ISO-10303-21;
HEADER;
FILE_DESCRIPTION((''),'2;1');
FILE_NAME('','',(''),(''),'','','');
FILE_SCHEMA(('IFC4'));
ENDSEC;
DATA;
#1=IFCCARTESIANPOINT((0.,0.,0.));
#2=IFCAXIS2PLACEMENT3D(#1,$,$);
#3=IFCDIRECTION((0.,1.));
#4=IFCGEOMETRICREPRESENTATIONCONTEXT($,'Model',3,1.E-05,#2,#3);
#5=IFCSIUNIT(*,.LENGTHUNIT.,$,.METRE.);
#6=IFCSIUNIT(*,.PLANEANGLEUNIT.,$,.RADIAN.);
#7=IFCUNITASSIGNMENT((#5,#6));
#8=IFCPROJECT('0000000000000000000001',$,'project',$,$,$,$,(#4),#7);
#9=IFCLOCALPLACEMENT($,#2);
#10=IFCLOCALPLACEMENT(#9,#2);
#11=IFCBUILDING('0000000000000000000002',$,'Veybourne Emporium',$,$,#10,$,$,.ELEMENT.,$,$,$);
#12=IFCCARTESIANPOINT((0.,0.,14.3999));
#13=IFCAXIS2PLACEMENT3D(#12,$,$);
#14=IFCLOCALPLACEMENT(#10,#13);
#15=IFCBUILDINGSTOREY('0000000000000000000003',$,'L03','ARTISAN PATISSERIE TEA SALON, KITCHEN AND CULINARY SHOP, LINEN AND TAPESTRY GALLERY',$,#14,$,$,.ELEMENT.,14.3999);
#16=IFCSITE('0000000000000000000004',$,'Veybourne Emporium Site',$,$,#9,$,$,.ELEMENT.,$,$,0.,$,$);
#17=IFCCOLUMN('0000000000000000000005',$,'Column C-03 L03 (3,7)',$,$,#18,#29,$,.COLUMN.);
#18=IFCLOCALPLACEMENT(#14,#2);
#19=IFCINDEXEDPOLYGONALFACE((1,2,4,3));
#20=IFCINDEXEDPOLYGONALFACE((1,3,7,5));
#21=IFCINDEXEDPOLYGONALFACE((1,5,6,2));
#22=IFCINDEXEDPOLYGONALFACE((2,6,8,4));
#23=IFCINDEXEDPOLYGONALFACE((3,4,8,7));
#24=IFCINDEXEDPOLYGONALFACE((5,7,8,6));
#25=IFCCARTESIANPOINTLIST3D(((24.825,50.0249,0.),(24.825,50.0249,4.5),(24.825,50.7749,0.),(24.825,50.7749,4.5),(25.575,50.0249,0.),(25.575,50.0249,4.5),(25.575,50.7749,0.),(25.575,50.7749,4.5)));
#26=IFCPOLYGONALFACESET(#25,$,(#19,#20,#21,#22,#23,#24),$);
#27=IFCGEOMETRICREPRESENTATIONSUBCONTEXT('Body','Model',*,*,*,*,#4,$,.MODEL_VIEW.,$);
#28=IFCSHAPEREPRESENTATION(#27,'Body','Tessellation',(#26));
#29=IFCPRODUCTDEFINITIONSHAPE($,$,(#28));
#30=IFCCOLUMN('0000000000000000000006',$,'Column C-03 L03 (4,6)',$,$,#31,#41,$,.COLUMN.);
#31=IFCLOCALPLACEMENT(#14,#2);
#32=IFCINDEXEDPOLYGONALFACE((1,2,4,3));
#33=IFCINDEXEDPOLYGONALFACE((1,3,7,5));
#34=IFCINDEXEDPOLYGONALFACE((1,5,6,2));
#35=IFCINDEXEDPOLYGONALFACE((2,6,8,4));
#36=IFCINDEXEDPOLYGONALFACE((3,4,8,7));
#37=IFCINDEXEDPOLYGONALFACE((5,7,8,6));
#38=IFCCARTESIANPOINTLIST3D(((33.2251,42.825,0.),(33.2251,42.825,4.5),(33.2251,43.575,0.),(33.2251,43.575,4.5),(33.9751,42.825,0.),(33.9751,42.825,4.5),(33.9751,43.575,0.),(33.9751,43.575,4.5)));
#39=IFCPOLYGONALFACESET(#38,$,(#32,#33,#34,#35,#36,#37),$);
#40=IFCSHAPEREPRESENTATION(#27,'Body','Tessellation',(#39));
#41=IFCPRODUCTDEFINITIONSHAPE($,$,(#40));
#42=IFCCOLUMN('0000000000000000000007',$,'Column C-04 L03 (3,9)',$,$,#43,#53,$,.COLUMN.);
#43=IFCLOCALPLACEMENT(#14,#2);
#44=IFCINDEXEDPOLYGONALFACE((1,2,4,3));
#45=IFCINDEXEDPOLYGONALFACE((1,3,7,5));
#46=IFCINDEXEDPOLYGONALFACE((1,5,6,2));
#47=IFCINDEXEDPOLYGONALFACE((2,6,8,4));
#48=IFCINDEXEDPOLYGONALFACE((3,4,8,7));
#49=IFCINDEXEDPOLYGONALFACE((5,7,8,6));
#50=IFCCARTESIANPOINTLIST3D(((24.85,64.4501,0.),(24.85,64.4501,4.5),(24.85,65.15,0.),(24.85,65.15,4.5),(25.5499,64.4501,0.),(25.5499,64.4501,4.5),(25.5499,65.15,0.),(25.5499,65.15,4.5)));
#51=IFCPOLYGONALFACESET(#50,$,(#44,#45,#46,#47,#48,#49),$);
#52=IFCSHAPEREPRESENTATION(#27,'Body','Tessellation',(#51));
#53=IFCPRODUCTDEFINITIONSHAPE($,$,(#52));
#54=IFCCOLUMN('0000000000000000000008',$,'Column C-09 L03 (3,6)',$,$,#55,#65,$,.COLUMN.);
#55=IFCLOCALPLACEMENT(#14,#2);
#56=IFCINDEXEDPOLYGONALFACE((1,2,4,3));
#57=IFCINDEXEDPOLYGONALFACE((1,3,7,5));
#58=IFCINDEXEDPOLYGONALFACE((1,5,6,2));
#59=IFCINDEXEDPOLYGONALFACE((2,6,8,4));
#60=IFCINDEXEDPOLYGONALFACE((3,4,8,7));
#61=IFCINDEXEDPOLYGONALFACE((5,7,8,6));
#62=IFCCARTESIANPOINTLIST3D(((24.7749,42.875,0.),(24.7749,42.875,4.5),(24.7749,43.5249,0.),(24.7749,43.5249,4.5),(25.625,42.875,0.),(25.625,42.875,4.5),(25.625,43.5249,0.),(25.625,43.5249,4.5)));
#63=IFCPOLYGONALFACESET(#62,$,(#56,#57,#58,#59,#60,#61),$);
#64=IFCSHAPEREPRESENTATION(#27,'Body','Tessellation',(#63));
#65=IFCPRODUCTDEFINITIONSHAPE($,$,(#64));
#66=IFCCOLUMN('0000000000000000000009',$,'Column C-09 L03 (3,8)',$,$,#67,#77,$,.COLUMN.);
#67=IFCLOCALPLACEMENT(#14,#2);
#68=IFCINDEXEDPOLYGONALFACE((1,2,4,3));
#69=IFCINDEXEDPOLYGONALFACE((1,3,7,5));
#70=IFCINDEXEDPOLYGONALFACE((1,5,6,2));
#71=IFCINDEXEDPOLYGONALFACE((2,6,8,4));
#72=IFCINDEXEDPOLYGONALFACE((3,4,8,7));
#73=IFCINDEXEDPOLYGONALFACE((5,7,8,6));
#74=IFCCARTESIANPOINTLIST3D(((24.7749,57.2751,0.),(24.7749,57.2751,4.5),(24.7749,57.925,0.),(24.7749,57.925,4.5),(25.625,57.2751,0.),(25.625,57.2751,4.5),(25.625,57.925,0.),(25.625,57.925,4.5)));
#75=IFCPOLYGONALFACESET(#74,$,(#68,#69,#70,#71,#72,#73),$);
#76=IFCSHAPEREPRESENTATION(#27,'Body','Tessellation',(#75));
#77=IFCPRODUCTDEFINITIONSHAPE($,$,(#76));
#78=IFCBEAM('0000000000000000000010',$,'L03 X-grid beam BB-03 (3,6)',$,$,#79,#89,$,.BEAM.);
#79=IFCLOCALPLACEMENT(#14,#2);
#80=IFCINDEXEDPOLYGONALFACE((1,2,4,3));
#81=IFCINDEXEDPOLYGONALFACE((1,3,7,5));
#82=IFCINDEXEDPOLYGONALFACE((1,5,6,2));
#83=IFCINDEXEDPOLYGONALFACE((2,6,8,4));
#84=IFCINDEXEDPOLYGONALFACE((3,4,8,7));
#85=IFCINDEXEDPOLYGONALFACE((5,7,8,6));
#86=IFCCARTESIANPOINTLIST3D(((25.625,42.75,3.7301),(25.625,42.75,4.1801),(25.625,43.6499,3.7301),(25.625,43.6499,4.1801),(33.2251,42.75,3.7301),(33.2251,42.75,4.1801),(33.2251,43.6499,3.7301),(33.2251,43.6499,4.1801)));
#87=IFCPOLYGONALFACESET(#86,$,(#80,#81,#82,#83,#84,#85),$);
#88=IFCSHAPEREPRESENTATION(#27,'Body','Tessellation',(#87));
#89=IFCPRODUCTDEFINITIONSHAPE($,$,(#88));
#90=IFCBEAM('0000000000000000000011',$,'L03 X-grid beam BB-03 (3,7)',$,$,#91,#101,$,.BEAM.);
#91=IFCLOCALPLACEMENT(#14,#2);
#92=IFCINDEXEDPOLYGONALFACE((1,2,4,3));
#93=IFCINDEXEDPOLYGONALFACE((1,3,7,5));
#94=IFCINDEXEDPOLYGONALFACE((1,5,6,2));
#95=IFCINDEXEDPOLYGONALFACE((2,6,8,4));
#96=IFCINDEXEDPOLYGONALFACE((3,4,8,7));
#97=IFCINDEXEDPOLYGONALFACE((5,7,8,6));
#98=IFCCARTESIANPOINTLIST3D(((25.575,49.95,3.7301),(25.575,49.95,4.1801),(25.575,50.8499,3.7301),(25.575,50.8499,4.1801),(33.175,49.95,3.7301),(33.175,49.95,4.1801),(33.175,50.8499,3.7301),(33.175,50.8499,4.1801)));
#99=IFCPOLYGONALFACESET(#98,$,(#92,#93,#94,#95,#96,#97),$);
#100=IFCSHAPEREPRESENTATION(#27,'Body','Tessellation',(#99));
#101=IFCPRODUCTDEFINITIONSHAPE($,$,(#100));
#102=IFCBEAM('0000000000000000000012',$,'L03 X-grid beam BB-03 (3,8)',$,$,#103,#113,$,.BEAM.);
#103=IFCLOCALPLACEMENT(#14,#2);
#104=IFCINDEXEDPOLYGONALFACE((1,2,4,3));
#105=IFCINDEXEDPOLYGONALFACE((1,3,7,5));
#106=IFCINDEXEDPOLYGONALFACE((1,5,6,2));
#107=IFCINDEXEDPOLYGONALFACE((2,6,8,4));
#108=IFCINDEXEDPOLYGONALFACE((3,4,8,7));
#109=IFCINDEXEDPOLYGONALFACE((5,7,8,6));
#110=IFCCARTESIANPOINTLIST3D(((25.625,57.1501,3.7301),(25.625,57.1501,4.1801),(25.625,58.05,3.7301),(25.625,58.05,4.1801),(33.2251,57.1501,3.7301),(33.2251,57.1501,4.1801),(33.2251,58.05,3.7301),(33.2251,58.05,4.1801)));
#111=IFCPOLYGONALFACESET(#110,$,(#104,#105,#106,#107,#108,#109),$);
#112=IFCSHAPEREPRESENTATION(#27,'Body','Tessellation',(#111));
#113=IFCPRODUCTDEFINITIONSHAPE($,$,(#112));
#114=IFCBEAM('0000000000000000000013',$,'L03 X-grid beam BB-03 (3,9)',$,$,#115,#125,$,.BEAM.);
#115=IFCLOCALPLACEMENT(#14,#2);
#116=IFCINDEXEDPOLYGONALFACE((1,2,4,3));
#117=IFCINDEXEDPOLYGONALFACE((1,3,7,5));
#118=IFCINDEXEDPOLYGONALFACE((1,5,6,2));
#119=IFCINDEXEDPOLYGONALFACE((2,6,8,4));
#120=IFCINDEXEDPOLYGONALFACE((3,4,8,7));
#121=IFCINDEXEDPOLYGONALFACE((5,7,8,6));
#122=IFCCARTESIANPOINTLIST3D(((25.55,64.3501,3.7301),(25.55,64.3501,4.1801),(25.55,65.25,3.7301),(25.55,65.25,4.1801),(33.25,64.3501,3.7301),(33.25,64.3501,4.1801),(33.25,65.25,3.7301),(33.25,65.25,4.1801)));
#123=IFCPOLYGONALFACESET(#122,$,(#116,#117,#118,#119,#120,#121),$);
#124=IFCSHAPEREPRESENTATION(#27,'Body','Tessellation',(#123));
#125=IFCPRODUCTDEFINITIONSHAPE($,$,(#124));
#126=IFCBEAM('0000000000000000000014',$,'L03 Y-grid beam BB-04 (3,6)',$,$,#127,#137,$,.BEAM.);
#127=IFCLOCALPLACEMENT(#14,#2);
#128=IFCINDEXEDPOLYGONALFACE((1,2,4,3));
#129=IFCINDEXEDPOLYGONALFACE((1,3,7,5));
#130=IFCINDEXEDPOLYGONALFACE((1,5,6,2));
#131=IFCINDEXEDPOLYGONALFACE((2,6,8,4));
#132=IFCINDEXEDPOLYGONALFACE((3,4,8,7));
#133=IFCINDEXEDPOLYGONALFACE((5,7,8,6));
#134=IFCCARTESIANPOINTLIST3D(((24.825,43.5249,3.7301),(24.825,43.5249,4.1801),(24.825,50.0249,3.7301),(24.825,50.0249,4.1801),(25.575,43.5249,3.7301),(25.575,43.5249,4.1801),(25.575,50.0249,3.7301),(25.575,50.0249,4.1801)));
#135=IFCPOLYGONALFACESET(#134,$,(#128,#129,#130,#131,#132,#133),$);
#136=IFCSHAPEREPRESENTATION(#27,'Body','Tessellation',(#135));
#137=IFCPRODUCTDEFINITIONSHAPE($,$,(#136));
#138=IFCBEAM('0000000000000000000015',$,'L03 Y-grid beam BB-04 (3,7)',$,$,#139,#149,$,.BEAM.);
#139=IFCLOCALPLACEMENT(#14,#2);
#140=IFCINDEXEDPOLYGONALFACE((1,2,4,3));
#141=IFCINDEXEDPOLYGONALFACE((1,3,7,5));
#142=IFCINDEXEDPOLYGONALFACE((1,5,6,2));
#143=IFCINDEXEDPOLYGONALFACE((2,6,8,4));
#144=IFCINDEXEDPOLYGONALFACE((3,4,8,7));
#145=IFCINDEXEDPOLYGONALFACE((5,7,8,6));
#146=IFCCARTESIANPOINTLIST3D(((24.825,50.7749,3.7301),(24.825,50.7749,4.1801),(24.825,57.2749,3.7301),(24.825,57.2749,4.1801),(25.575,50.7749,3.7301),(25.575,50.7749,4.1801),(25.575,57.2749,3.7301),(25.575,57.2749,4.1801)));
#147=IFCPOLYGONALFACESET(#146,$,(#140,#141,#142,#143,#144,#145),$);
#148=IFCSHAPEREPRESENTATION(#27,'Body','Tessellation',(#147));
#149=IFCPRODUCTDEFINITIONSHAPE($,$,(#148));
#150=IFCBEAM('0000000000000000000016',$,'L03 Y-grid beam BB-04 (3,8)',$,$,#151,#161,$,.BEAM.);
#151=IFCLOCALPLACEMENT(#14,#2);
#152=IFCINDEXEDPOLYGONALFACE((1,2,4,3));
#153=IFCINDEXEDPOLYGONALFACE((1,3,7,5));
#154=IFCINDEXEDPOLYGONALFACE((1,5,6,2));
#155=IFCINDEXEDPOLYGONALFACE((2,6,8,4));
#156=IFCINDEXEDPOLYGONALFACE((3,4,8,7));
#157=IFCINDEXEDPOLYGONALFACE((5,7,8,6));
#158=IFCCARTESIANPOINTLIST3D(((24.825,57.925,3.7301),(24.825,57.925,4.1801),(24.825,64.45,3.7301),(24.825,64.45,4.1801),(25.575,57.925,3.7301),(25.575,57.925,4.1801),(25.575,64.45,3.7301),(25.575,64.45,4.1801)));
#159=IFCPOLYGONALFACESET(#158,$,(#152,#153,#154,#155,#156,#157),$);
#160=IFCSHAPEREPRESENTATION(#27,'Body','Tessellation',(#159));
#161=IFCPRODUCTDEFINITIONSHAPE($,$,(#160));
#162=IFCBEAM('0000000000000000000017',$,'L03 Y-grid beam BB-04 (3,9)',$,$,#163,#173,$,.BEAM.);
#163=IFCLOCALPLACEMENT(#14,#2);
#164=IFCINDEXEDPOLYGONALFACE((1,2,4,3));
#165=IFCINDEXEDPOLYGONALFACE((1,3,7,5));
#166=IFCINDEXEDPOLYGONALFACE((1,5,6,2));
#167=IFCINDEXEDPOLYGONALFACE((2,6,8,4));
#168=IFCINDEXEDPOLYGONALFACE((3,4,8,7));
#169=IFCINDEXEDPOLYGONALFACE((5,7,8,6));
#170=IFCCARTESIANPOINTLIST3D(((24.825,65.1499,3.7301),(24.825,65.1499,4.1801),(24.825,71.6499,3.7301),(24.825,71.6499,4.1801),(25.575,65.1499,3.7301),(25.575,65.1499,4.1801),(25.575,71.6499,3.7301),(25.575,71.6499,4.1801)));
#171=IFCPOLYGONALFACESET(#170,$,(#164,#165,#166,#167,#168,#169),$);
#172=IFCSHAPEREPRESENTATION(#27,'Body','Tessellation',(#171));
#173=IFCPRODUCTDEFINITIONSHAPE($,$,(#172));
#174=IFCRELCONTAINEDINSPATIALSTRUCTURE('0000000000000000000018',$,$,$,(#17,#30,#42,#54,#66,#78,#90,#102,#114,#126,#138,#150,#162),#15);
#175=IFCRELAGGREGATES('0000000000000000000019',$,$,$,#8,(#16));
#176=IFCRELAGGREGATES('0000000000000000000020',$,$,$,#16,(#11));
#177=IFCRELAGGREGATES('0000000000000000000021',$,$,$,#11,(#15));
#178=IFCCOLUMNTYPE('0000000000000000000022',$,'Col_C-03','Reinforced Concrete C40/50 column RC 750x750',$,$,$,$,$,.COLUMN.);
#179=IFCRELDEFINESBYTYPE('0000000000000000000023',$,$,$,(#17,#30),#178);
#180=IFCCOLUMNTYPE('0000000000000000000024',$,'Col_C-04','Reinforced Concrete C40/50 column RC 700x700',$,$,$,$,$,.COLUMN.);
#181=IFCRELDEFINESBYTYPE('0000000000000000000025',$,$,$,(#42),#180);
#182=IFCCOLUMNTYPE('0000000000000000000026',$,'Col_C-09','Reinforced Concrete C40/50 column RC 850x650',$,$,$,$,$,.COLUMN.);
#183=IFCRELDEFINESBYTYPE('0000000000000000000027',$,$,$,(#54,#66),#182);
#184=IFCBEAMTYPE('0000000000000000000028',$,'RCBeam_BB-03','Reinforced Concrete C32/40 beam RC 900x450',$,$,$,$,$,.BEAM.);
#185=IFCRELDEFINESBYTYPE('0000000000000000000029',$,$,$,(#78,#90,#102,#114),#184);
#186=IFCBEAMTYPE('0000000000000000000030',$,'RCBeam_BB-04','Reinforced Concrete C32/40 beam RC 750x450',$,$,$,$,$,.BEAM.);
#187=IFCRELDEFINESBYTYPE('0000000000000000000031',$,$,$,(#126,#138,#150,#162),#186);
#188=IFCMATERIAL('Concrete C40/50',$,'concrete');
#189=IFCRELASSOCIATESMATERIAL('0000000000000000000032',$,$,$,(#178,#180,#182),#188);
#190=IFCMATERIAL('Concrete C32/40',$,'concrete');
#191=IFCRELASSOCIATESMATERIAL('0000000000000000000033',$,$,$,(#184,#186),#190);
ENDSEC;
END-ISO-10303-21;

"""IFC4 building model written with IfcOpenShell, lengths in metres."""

from ifc_helpers import new_model, si_unit, direction, frame, origin, origin_2d, place, context, subcontext, project, spatial, rectangle, extrude, material, material_profile, profile_set, type_object, element, save


model = new_model("IFC4")

# Units and contexts
model_context = context("Model", 3, precision=1e-05, world=origin(), true_north=direction((0.0, 1.0)))
body_context = subcontext(model_context, "Body", "Model", "MODEL_VIEW")
ifc_project = project(units=[si_unit("LENGTHUNIT", "METRE"), si_unit("PLANEANGLEUNIT", "RADIAN")], contexts=[model_context])

# Site, building, storey
site_placement = place(None, origin())
site = spatial("IfcSite", under=ifc_project, at=site_placement, Name="Veybourne Emporium Site", CompositionType="ELEMENT", RefElevation=0.0)
building_placement = place(site_placement, origin())
building = spatial("IfcBuilding", under=site, at=building_placement, Name="Veybourne Emporium", CompositionType="ELEMENT")
storey_placement = place(building_placement, frame((0.0, 0.0, 14.3999)))
storey = spatial("IfcBuildingStorey", under=building, at=storey_placement, Name="L03", Description="ARTISAN PATISSERIE TEA SALON, KITCHEN AND CULINARY SHOP, LINEN AND TAPESTRY GALLERY", CompositionType="ELEMENT", Elevation=14.3999)

# Columns
ifc_material_1 = material(Name="Concrete C40/50", Category="concrete")
ifc_material_profile_1 = material_profile(ifc_material_1, rectangle(XDim=0.75, YDim=0.75, at=origin_2d()), Name="RC 750x750")
ifc_profile_set_1 = profile_set([ifc_material_profile_1], Name="Concrete C40/50")
column_type_1 = type_object("IfcColumnType", Name="Col_C-03", Description="Reinforced Concrete C40/50 column RC 750x750", PredefinedType="COLUMN", material=ifc_profile_set_1)
for number, where, z_axis, x_axis, name in (
    (1, (25.2, 50.3999, 0.0), (0.0, 0.0, 1.0), (1.0, 0.0, 0.0), "Column C-03 L03 (3,7)"),
    (2, (33.6001, 43.2, 0.0), (0.0, 0.0, 1.0), (1.0, 0.0, 0.0), "Column C-03 L03 (4,6)"),
):
    element("IfcColumn", number, at=place(storey_placement, frame(where, z_axis=z_axis, x_axis=x_axis)), inside=storey, type_object=column_type_1, Name=name, PredefinedType="COLUMN", context=body_context, shape_type="SweptSolid", body=[
        extrude(rectangle(XDim=0.75, YDim=0.75, at=origin_2d()), origin(), (0.0, 0.0, 1.0), 4.5),
    ])
ifc_material_profile_2 = material_profile(ifc_material_1, rectangle(XDim=0.7, YDim=0.7, at=origin_2d()), Name="RC 700x700")
ifc_profile_set_2 = profile_set([ifc_material_profile_2], Name="Concrete C40/50")
column_type_2 = type_object("IfcColumnType", Name="Col_C-04", Description="Reinforced Concrete C40/50 column RC 700x700", PredefinedType="COLUMN", material=ifc_profile_set_2)
column_placement = place(storey_placement, frame((25.2, 64.8, 0.0), z_axis=(0.0, 0.0, 1.0), x_axis=(1.0, 0.0, 0.0)))
element("IfcColumn", 3, at=column_placement, inside=storey, type_object=column_type_2, Name="Column C-04 L03 (3,9)", PredefinedType="COLUMN", context=body_context, shape_type="SweptSolid", body=[
    extrude(rectangle(XDim=0.7, YDim=0.7, at=origin_2d()), origin(), (0.0, 0.0, 1.0), 4.5),
])
ifc_material_profile_3 = material_profile(ifc_material_1, rectangle(XDim=0.8501, YDim=0.6499, at=origin_2d()), Name="RC 850x650")
ifc_profile_set_3 = profile_set([ifc_material_profile_3], Name="Concrete C40/50")
column_type_3 = type_object("IfcColumnType", Name="Col_C-09", Description="Reinforced Concrete C40/50 column RC 850x650", PredefinedType="COLUMN", material=ifc_profile_set_3)
for number, where, z_axis, x_axis, name in (
    (4, (25.2, 43.2, 0.0), (0.0, 0.0, 1.0), (1.0, 0.0, 0.0), "Column C-09 L03 (3,6)"),
    (5, (25.2, 57.6001, 0.0), (0.0, 0.0, 1.0), (1.0, 0.0, 0.0), "Column C-09 L03 (3,8)"),
):
    element("IfcColumn", number, at=place(storey_placement, frame(where, z_axis=z_axis, x_axis=x_axis)), inside=storey, type_object=column_type_3, Name=name, PredefinedType="COLUMN", context=body_context, shape_type="SweptSolid", body=[
        extrude(rectangle(XDim=0.8501, YDim=0.6499, at=origin_2d()), origin(), (0.0, 0.0, 1.0), 4.5),
    ])

# Beams
ifc_material_2 = material(Name="Concrete C32/40", Category="concrete")
ifc_material_profile_4 = material_profile(ifc_material_2, rectangle(XDim=0.8999, YDim=0.45, at=origin_2d()), Name="RC 900x450")
ifc_profile_set_4 = profile_set([ifc_material_profile_4], Name="Concrete C32/40")
beam_type_1 = type_object("IfcBeamType", Name="RCBeam_BB-03", Description="Reinforced Concrete C32/40 beam RC 900x450", PredefinedType="BEAM", material=ifc_profile_set_4)
for number, where, z_axis, x_axis, name in (
    (6, (25.625, 43.2, 3.9551), (1.0, 0.0, 0.0), (0.0, 1.0, 0.0), "L03 X-grid beam BB-03 (3,6)"),
    (7, (25.575, 50.3999, 3.9551), (1.0, 0.0, 0.0), (0.0, 1.0, 0.0), "L03 X-grid beam BB-03 (3,7)"),
    (8, (25.625, 57.6001, 3.9551), (1.0, 0.0, 0.0), (0.0, 1.0, 0.0), "L03 X-grid beam BB-03 (3,8)"),
):
    element("IfcBeam", number, at=place(storey_placement, frame(where, z_axis=z_axis, x_axis=x_axis)), inside=storey, type_object=beam_type_1, Name=name, PredefinedType="BEAM", context=body_context, shape_type="SweptSolid", body=[
        extrude(rectangle(XDim=0.8999, YDim=0.45, at=origin_2d()), origin(), (0.0, 0.0, 1.0), 7.6001),
    ])
beam_1_placement = place(storey_placement, frame((25.55, 64.8, 3.9551), z_axis=(1.0, 0.0, 0.0), x_axis=(0.0, 1.0, 0.0)))
element("IfcBeam", 9, at=beam_1_placement, inside=storey, type_object=beam_type_1, Name="L03 X-grid beam BB-03 (3,9)", PredefinedType="BEAM", context=body_context, shape_type="SweptSolid", body=[
    extrude(rectangle(XDim=0.8999, YDim=0.45, at=origin_2d()), origin(), (0.0, 0.0, 1.0), 7.7),
])
ifc_material_profile_5 = material_profile(ifc_material_2, rectangle(XDim=0.75, YDim=0.45, at=origin_2d()), Name="RC 750x450")
ifc_profile_set_5 = profile_set([ifc_material_profile_5], Name="Concrete C32/40")
beam_type_2 = type_object("IfcBeamType", Name="RCBeam_BB-04", Description="Reinforced Concrete C32/40 beam RC 750x450", PredefinedType="BEAM", material=ifc_profile_set_5)
for number, where, z_axis, x_axis, name in (
    (10, (25.2, 43.5249, 3.9551), (0.0, 1.0, 0.0), (-1.0, 0.0, 0.0), "L03 Y-grid beam BB-04 (3,6)"),
    (11, (25.2, 50.7749, 3.9551), (0.0, 1.0, 0.0), (-1.0, 0.0, 0.0), "L03 Y-grid beam BB-04 (3,7)"),
):
    element("IfcBeam", number, at=place(storey_placement, frame(where, z_axis=z_axis, x_axis=x_axis)), inside=storey, type_object=beam_type_2, Name=name, PredefinedType="BEAM", context=body_context, shape_type="SweptSolid", body=[
        extrude(rectangle(XDim=0.75, YDim=0.45, at=origin_2d()), origin(), (0.0, 0.0, 1.0), 6.5),
    ])
beam_2_placement = place(storey_placement, frame((25.2, 57.925, 3.9551), z_axis=(0.0, 1.0, 0.0), x_axis=(-1.0, 0.0, 0.0)))
element("IfcBeam", 12, at=beam_2_placement, inside=storey, type_object=beam_type_2, Name="L03 Y-grid beam BB-04 (3,8)", PredefinedType="BEAM", context=body_context, shape_type="SweptSolid", body=[
    extrude(rectangle(XDim=0.75, YDim=0.45, at=origin_2d()), origin(), (0.0, 0.0, 1.0), 6.5249),
])
beam_3_placement = place(storey_placement, frame((25.2, 65.1499, 3.9551), z_axis=(0.0, 1.0, 0.0), x_axis=(-1.0, 0.0, 0.0)))
element("IfcBeam", 13, at=beam_3_placement, inside=storey, type_object=beam_type_2, Name="L03 Y-grid beam BB-04 (3,9)", PredefinedType="BEAM", context=body_context, shape_type="SweptSolid", body=[
    extrude(rectangle(XDim=0.75, YDim=0.45, at=origin_2d()), origin(), (0.0, 0.0, 1.0), 6.5),
])

save(model, "model.ifc")
